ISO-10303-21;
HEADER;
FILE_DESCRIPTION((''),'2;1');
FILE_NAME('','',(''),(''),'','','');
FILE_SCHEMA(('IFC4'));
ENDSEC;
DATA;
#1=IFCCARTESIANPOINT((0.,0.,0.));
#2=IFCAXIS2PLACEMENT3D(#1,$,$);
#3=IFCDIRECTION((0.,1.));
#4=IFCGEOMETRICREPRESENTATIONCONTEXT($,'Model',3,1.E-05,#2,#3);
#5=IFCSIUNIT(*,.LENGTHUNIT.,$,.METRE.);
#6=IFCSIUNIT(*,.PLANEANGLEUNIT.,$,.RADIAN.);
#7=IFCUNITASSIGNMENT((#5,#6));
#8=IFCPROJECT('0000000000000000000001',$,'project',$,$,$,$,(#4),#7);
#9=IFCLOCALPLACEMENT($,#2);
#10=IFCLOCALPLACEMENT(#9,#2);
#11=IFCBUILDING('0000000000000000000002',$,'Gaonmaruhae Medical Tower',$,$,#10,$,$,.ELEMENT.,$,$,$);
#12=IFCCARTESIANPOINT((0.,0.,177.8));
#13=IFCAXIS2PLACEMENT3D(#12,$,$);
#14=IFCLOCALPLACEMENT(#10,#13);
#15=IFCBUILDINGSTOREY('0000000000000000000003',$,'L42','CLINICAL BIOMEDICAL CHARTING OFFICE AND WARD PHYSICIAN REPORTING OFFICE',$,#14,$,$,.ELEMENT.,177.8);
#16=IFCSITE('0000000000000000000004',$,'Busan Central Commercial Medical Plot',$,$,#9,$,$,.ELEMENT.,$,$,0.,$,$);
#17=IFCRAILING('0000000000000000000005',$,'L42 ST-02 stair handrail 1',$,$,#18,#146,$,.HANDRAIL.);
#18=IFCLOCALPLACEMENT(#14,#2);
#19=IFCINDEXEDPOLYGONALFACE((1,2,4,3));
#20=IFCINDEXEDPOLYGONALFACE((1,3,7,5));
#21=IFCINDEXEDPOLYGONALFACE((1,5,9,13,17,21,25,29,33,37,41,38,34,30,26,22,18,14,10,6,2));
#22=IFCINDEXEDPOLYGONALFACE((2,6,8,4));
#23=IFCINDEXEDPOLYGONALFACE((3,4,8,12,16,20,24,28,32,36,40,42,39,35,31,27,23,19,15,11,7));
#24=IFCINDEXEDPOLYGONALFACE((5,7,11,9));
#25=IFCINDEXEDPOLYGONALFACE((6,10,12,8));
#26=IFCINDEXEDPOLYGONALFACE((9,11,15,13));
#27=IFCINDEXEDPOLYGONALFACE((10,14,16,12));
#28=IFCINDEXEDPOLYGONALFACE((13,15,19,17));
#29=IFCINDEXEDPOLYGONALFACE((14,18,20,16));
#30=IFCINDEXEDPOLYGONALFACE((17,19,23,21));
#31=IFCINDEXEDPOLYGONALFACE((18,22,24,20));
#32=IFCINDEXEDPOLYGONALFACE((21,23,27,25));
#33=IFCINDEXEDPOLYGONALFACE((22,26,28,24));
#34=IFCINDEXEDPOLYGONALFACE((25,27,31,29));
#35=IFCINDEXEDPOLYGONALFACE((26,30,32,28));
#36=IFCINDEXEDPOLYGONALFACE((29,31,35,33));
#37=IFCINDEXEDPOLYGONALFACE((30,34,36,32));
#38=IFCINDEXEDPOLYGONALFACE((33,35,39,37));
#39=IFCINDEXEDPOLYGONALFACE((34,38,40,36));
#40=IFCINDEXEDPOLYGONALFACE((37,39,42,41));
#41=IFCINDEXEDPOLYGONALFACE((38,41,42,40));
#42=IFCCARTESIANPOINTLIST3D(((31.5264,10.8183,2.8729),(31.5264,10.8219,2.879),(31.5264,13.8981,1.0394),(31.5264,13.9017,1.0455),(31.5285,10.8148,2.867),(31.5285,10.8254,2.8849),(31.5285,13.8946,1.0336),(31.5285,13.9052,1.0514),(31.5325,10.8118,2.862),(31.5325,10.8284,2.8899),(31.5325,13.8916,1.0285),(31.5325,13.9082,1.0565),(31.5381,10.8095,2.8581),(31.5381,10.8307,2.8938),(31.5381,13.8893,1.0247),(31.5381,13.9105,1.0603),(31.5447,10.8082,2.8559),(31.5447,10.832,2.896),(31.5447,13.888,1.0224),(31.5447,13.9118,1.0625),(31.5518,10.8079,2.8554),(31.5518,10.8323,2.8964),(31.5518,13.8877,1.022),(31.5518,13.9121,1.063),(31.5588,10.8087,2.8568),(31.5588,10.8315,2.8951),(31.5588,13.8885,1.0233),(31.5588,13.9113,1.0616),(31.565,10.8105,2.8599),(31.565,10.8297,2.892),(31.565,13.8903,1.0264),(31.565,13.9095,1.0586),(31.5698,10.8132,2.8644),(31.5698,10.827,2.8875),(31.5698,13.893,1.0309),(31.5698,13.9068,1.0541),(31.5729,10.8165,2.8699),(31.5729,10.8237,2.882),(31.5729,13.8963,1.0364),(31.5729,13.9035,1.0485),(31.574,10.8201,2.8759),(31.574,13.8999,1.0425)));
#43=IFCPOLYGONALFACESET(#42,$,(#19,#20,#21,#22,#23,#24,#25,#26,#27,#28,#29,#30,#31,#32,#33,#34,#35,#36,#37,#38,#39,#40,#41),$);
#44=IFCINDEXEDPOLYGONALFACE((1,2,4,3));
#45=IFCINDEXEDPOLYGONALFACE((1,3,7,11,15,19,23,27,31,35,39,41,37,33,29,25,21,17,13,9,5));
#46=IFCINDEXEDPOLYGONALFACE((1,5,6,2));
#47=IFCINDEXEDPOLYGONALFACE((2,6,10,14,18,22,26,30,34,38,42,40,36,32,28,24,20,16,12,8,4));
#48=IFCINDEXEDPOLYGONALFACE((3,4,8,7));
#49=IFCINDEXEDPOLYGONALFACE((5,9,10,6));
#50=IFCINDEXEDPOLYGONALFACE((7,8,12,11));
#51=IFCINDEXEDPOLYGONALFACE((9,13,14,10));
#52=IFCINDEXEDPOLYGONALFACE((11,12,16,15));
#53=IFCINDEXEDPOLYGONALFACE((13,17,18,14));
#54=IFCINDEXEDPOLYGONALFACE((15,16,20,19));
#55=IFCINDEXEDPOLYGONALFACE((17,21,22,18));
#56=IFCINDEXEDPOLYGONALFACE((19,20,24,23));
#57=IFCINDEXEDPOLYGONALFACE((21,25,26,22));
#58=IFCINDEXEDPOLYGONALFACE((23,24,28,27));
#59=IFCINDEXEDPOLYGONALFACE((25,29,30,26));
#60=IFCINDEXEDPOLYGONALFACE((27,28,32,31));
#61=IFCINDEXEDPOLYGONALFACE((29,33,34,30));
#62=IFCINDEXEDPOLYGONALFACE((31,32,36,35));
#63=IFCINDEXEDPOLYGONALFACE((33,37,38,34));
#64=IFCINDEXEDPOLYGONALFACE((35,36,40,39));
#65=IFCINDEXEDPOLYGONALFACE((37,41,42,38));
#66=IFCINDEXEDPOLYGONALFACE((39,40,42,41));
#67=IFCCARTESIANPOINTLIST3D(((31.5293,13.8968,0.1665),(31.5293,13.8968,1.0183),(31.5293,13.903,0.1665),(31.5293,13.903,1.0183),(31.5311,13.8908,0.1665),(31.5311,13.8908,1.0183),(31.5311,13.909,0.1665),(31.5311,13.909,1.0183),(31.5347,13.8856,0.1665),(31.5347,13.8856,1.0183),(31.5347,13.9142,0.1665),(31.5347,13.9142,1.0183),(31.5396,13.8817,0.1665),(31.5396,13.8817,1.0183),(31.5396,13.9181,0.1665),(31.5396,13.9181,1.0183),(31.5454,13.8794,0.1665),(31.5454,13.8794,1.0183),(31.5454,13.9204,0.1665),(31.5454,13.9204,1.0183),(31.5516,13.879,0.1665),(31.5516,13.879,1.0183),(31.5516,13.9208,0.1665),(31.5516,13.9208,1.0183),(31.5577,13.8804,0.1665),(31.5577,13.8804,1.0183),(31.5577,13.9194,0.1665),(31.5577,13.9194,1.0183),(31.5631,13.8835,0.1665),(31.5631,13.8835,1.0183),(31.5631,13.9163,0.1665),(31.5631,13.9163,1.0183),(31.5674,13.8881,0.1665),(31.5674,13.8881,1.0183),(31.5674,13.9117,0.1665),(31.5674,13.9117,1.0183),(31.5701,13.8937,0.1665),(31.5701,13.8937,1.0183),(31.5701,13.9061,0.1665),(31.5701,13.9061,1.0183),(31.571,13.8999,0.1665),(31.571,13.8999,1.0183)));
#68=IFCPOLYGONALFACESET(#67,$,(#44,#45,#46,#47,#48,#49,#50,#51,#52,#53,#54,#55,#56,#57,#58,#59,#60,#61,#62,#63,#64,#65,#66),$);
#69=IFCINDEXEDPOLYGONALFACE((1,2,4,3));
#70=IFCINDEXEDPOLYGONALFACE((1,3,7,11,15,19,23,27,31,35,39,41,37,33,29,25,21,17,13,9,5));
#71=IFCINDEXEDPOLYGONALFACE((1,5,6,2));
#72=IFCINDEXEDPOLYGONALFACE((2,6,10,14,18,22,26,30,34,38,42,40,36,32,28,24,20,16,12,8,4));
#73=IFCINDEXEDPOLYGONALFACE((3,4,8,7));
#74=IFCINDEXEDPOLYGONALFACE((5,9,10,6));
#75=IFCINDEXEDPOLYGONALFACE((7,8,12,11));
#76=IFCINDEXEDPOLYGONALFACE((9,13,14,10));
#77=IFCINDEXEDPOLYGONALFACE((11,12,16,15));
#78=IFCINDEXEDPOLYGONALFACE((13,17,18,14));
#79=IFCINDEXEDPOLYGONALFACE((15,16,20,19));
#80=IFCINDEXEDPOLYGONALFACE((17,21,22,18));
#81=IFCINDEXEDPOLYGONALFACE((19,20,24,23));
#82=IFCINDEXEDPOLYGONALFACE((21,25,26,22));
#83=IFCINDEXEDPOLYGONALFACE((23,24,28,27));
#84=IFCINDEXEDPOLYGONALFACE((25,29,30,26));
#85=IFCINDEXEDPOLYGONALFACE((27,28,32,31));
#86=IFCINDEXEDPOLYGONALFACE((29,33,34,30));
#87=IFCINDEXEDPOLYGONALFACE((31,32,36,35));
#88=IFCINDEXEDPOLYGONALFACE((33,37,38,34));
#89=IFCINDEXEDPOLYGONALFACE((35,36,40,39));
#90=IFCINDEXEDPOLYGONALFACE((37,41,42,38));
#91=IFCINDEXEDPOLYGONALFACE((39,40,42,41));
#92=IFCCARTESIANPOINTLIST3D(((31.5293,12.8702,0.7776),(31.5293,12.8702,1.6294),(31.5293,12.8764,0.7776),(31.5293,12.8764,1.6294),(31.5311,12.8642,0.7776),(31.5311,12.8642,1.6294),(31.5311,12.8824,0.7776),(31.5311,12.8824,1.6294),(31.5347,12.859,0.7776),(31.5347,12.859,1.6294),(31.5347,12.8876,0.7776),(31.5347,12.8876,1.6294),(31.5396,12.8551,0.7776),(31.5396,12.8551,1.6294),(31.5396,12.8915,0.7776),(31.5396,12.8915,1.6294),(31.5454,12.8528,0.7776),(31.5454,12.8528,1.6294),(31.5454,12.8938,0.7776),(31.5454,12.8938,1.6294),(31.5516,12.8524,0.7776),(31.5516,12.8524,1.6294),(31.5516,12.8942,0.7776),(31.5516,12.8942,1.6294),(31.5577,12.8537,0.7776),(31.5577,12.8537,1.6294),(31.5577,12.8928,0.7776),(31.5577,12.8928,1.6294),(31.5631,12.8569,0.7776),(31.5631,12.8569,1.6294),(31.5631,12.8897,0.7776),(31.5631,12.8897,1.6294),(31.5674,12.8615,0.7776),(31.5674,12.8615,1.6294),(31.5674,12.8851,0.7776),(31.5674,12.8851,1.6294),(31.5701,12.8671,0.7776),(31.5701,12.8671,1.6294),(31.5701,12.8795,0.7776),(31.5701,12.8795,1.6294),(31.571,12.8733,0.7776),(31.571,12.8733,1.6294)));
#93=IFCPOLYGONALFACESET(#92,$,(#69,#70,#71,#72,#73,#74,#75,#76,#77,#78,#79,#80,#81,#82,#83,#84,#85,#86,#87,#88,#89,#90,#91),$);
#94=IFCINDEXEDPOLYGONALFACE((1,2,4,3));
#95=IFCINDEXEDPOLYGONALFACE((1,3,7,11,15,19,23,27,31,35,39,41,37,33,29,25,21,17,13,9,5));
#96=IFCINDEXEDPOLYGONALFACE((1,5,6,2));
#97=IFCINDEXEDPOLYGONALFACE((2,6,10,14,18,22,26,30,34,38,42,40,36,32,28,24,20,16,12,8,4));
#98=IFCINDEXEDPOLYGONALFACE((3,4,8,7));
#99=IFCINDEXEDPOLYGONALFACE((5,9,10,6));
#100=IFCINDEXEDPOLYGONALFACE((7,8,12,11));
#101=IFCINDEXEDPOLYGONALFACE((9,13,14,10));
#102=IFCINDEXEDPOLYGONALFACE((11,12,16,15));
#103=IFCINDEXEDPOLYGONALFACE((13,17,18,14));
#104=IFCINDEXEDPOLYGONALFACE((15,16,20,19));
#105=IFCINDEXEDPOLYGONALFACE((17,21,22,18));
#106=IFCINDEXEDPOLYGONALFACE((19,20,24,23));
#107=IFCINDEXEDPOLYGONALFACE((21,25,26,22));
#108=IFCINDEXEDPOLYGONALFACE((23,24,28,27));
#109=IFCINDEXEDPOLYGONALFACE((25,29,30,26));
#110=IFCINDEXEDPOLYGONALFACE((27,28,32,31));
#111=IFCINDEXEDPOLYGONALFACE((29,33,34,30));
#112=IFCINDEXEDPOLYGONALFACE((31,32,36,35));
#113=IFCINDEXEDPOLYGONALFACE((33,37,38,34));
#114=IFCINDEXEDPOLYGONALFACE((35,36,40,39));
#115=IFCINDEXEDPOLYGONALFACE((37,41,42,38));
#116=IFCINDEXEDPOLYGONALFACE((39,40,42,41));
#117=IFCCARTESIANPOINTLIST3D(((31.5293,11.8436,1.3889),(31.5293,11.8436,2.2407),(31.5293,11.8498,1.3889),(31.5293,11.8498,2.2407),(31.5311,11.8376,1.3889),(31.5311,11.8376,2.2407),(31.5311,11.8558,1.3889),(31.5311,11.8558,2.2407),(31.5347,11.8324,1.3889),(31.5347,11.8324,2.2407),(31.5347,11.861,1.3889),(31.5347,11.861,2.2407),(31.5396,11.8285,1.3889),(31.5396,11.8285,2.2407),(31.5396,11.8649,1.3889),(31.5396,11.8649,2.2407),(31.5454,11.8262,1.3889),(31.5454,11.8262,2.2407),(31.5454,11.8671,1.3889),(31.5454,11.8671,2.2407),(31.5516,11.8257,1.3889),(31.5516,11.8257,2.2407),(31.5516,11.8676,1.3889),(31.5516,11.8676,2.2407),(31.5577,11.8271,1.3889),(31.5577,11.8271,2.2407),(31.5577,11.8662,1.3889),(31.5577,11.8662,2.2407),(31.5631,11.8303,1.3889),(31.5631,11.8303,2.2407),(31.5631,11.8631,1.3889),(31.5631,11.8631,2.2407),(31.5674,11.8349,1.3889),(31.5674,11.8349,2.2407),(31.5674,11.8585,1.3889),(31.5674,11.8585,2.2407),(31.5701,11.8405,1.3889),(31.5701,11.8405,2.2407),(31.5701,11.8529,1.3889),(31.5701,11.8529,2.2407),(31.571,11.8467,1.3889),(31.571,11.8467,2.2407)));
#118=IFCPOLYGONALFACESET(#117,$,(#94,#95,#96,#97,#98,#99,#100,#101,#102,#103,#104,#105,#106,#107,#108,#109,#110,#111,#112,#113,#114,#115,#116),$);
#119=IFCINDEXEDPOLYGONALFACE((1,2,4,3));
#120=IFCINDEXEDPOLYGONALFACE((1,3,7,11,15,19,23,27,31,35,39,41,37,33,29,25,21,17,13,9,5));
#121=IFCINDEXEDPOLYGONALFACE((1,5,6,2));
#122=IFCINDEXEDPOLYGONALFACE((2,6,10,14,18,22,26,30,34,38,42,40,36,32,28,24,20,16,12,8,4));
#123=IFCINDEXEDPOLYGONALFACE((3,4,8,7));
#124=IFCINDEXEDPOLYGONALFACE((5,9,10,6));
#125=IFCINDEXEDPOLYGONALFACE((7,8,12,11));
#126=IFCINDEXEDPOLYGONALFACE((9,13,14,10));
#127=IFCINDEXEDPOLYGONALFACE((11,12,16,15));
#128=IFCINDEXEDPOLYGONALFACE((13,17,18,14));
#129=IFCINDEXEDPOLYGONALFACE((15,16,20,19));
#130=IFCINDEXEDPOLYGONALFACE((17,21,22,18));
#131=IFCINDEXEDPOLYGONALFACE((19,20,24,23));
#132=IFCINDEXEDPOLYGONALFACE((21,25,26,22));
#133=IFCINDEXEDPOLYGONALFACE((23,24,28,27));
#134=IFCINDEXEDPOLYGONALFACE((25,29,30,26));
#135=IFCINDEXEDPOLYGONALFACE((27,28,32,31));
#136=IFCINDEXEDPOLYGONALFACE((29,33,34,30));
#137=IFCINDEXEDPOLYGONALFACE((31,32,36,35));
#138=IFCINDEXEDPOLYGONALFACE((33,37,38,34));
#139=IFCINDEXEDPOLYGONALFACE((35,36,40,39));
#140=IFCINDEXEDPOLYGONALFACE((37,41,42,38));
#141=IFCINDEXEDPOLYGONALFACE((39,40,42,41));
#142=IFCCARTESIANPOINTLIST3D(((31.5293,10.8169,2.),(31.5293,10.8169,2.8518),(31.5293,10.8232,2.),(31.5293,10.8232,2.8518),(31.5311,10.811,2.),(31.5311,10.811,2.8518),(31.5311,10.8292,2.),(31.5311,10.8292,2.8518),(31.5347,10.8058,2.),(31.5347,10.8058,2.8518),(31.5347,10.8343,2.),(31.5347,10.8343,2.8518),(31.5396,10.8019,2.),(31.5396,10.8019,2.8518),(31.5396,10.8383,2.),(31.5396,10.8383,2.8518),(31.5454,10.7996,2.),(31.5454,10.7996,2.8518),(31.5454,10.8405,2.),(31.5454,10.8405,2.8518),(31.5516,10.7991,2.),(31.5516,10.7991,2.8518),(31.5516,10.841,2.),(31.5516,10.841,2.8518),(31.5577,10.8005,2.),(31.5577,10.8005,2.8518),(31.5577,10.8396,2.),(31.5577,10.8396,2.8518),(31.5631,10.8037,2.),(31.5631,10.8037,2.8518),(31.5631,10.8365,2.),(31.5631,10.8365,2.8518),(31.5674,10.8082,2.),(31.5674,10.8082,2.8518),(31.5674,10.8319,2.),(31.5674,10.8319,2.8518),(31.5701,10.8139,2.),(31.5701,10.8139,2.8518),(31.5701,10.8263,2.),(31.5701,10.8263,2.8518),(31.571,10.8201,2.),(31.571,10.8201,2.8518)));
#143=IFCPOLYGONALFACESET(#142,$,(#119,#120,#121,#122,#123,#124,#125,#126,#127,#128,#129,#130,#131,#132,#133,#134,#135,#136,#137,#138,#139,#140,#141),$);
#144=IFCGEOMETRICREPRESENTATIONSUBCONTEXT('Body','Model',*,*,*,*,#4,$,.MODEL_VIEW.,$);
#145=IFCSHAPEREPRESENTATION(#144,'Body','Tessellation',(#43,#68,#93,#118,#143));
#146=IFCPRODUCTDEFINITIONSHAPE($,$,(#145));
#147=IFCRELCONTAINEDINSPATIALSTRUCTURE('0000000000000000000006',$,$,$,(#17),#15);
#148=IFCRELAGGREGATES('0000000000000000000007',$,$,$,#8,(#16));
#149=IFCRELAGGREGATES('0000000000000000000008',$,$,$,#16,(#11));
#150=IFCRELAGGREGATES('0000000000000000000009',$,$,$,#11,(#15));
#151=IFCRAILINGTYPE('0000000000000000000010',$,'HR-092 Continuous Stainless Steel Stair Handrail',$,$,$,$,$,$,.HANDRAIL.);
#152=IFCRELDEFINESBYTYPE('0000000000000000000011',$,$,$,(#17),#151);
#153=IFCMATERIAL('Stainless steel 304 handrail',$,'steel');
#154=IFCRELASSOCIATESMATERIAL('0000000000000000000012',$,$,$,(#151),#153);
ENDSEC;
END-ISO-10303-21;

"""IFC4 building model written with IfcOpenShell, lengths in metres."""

from ifc_helpers import new_model, si_unit, direction, frame, origin, origin_2d, place, context, subcontext, project, spatial, circle, extrude, material, type_object, element, save


model = new_model("IFC4")

# Units and contexts
model_context = context("Model", 3, precision=1e-05, world=origin(), true_north=direction((0.0, 1.0)))
body_context = subcontext(model_context, "Body", "Model", "MODEL_VIEW")
ifc_project = project(units=[si_unit("LENGTHUNIT", "METRE"), si_unit("PLANEANGLEUNIT", "RADIAN")], contexts=[model_context])

# Site, building, storey
site_placement = place(None, origin())
site = spatial("IfcSite", under=ifc_project, at=site_placement, Name="Busan Central Commercial Medical Plot", CompositionType="ELEMENT", RefElevation=0.0)
building_placement = place(site_placement, origin())
building = spatial("IfcBuilding", under=site, at=building_placement, Name="Gaonmaruhae Medical Tower", CompositionType="ELEMENT")
storey_placement = place(building_placement, frame((0.0, 0.0, 177.8)))
storey = spatial("IfcBuildingStorey", under=building, at=storey_placement, Name="L42", Description="CLINICAL BIOMEDICAL CHARTING OFFICE AND WARD PHYSICIAN REPORTING OFFICE", CompositionType="ELEMENT", Elevation=177.8)

# Railing
ifc_material_1 = material(Name="Stainless steel 304 handrail", Category="steel")
railing_type_1 = type_object("IfcRailingType", Name="HR-092 Continuous Stainless Steel Stair Handrail", PredefinedType="HANDRAIL", material=ifc_material_1)
railing_1_placement = place(storey_placement, frame((31.55, 13.8999, 0.1665)))
element("IfcRailing", 1, at=railing_1_placement, inside=storey, type_object=railing_type_1, Name="L42 ST-02 stair handrail 1", PredefinedType="HANDRAIL", context=body_context, shape_type="SweptSolid", body=[
    extrude(circle(Radius=0.0239, at=origin_2d()), frame((0.0, 0.0, 0.876), z_axis=(0.0, -0.859261, 0.511538), x_axis=(1.0, 0.0, 0.0)), (0.0, 0.0, 1.0), 3.5842),
    extrude(circle(Radius=0.021, at=origin_2d()), origin(), (0.0, 0.0, 1.0), 0.8518),
    extrude(circle(Radius=0.021, at=origin_2d()), frame((0.0, -1.0266, 0.6111)), (0.0, 0.0, 1.0), 0.8518),
    extrude(circle(Radius=0.021, at=origin_2d()), frame((0.0, -2.0532, 1.2224)), (0.0, 0.0, 1.0), 0.8518),
    extrude(circle(Radius=0.021, at=origin_2d()), frame((0.0, -3.0798, 1.8335)), (0.0, 0.0, 1.0), 0.8518),
])

save(model, "model.ifc")
